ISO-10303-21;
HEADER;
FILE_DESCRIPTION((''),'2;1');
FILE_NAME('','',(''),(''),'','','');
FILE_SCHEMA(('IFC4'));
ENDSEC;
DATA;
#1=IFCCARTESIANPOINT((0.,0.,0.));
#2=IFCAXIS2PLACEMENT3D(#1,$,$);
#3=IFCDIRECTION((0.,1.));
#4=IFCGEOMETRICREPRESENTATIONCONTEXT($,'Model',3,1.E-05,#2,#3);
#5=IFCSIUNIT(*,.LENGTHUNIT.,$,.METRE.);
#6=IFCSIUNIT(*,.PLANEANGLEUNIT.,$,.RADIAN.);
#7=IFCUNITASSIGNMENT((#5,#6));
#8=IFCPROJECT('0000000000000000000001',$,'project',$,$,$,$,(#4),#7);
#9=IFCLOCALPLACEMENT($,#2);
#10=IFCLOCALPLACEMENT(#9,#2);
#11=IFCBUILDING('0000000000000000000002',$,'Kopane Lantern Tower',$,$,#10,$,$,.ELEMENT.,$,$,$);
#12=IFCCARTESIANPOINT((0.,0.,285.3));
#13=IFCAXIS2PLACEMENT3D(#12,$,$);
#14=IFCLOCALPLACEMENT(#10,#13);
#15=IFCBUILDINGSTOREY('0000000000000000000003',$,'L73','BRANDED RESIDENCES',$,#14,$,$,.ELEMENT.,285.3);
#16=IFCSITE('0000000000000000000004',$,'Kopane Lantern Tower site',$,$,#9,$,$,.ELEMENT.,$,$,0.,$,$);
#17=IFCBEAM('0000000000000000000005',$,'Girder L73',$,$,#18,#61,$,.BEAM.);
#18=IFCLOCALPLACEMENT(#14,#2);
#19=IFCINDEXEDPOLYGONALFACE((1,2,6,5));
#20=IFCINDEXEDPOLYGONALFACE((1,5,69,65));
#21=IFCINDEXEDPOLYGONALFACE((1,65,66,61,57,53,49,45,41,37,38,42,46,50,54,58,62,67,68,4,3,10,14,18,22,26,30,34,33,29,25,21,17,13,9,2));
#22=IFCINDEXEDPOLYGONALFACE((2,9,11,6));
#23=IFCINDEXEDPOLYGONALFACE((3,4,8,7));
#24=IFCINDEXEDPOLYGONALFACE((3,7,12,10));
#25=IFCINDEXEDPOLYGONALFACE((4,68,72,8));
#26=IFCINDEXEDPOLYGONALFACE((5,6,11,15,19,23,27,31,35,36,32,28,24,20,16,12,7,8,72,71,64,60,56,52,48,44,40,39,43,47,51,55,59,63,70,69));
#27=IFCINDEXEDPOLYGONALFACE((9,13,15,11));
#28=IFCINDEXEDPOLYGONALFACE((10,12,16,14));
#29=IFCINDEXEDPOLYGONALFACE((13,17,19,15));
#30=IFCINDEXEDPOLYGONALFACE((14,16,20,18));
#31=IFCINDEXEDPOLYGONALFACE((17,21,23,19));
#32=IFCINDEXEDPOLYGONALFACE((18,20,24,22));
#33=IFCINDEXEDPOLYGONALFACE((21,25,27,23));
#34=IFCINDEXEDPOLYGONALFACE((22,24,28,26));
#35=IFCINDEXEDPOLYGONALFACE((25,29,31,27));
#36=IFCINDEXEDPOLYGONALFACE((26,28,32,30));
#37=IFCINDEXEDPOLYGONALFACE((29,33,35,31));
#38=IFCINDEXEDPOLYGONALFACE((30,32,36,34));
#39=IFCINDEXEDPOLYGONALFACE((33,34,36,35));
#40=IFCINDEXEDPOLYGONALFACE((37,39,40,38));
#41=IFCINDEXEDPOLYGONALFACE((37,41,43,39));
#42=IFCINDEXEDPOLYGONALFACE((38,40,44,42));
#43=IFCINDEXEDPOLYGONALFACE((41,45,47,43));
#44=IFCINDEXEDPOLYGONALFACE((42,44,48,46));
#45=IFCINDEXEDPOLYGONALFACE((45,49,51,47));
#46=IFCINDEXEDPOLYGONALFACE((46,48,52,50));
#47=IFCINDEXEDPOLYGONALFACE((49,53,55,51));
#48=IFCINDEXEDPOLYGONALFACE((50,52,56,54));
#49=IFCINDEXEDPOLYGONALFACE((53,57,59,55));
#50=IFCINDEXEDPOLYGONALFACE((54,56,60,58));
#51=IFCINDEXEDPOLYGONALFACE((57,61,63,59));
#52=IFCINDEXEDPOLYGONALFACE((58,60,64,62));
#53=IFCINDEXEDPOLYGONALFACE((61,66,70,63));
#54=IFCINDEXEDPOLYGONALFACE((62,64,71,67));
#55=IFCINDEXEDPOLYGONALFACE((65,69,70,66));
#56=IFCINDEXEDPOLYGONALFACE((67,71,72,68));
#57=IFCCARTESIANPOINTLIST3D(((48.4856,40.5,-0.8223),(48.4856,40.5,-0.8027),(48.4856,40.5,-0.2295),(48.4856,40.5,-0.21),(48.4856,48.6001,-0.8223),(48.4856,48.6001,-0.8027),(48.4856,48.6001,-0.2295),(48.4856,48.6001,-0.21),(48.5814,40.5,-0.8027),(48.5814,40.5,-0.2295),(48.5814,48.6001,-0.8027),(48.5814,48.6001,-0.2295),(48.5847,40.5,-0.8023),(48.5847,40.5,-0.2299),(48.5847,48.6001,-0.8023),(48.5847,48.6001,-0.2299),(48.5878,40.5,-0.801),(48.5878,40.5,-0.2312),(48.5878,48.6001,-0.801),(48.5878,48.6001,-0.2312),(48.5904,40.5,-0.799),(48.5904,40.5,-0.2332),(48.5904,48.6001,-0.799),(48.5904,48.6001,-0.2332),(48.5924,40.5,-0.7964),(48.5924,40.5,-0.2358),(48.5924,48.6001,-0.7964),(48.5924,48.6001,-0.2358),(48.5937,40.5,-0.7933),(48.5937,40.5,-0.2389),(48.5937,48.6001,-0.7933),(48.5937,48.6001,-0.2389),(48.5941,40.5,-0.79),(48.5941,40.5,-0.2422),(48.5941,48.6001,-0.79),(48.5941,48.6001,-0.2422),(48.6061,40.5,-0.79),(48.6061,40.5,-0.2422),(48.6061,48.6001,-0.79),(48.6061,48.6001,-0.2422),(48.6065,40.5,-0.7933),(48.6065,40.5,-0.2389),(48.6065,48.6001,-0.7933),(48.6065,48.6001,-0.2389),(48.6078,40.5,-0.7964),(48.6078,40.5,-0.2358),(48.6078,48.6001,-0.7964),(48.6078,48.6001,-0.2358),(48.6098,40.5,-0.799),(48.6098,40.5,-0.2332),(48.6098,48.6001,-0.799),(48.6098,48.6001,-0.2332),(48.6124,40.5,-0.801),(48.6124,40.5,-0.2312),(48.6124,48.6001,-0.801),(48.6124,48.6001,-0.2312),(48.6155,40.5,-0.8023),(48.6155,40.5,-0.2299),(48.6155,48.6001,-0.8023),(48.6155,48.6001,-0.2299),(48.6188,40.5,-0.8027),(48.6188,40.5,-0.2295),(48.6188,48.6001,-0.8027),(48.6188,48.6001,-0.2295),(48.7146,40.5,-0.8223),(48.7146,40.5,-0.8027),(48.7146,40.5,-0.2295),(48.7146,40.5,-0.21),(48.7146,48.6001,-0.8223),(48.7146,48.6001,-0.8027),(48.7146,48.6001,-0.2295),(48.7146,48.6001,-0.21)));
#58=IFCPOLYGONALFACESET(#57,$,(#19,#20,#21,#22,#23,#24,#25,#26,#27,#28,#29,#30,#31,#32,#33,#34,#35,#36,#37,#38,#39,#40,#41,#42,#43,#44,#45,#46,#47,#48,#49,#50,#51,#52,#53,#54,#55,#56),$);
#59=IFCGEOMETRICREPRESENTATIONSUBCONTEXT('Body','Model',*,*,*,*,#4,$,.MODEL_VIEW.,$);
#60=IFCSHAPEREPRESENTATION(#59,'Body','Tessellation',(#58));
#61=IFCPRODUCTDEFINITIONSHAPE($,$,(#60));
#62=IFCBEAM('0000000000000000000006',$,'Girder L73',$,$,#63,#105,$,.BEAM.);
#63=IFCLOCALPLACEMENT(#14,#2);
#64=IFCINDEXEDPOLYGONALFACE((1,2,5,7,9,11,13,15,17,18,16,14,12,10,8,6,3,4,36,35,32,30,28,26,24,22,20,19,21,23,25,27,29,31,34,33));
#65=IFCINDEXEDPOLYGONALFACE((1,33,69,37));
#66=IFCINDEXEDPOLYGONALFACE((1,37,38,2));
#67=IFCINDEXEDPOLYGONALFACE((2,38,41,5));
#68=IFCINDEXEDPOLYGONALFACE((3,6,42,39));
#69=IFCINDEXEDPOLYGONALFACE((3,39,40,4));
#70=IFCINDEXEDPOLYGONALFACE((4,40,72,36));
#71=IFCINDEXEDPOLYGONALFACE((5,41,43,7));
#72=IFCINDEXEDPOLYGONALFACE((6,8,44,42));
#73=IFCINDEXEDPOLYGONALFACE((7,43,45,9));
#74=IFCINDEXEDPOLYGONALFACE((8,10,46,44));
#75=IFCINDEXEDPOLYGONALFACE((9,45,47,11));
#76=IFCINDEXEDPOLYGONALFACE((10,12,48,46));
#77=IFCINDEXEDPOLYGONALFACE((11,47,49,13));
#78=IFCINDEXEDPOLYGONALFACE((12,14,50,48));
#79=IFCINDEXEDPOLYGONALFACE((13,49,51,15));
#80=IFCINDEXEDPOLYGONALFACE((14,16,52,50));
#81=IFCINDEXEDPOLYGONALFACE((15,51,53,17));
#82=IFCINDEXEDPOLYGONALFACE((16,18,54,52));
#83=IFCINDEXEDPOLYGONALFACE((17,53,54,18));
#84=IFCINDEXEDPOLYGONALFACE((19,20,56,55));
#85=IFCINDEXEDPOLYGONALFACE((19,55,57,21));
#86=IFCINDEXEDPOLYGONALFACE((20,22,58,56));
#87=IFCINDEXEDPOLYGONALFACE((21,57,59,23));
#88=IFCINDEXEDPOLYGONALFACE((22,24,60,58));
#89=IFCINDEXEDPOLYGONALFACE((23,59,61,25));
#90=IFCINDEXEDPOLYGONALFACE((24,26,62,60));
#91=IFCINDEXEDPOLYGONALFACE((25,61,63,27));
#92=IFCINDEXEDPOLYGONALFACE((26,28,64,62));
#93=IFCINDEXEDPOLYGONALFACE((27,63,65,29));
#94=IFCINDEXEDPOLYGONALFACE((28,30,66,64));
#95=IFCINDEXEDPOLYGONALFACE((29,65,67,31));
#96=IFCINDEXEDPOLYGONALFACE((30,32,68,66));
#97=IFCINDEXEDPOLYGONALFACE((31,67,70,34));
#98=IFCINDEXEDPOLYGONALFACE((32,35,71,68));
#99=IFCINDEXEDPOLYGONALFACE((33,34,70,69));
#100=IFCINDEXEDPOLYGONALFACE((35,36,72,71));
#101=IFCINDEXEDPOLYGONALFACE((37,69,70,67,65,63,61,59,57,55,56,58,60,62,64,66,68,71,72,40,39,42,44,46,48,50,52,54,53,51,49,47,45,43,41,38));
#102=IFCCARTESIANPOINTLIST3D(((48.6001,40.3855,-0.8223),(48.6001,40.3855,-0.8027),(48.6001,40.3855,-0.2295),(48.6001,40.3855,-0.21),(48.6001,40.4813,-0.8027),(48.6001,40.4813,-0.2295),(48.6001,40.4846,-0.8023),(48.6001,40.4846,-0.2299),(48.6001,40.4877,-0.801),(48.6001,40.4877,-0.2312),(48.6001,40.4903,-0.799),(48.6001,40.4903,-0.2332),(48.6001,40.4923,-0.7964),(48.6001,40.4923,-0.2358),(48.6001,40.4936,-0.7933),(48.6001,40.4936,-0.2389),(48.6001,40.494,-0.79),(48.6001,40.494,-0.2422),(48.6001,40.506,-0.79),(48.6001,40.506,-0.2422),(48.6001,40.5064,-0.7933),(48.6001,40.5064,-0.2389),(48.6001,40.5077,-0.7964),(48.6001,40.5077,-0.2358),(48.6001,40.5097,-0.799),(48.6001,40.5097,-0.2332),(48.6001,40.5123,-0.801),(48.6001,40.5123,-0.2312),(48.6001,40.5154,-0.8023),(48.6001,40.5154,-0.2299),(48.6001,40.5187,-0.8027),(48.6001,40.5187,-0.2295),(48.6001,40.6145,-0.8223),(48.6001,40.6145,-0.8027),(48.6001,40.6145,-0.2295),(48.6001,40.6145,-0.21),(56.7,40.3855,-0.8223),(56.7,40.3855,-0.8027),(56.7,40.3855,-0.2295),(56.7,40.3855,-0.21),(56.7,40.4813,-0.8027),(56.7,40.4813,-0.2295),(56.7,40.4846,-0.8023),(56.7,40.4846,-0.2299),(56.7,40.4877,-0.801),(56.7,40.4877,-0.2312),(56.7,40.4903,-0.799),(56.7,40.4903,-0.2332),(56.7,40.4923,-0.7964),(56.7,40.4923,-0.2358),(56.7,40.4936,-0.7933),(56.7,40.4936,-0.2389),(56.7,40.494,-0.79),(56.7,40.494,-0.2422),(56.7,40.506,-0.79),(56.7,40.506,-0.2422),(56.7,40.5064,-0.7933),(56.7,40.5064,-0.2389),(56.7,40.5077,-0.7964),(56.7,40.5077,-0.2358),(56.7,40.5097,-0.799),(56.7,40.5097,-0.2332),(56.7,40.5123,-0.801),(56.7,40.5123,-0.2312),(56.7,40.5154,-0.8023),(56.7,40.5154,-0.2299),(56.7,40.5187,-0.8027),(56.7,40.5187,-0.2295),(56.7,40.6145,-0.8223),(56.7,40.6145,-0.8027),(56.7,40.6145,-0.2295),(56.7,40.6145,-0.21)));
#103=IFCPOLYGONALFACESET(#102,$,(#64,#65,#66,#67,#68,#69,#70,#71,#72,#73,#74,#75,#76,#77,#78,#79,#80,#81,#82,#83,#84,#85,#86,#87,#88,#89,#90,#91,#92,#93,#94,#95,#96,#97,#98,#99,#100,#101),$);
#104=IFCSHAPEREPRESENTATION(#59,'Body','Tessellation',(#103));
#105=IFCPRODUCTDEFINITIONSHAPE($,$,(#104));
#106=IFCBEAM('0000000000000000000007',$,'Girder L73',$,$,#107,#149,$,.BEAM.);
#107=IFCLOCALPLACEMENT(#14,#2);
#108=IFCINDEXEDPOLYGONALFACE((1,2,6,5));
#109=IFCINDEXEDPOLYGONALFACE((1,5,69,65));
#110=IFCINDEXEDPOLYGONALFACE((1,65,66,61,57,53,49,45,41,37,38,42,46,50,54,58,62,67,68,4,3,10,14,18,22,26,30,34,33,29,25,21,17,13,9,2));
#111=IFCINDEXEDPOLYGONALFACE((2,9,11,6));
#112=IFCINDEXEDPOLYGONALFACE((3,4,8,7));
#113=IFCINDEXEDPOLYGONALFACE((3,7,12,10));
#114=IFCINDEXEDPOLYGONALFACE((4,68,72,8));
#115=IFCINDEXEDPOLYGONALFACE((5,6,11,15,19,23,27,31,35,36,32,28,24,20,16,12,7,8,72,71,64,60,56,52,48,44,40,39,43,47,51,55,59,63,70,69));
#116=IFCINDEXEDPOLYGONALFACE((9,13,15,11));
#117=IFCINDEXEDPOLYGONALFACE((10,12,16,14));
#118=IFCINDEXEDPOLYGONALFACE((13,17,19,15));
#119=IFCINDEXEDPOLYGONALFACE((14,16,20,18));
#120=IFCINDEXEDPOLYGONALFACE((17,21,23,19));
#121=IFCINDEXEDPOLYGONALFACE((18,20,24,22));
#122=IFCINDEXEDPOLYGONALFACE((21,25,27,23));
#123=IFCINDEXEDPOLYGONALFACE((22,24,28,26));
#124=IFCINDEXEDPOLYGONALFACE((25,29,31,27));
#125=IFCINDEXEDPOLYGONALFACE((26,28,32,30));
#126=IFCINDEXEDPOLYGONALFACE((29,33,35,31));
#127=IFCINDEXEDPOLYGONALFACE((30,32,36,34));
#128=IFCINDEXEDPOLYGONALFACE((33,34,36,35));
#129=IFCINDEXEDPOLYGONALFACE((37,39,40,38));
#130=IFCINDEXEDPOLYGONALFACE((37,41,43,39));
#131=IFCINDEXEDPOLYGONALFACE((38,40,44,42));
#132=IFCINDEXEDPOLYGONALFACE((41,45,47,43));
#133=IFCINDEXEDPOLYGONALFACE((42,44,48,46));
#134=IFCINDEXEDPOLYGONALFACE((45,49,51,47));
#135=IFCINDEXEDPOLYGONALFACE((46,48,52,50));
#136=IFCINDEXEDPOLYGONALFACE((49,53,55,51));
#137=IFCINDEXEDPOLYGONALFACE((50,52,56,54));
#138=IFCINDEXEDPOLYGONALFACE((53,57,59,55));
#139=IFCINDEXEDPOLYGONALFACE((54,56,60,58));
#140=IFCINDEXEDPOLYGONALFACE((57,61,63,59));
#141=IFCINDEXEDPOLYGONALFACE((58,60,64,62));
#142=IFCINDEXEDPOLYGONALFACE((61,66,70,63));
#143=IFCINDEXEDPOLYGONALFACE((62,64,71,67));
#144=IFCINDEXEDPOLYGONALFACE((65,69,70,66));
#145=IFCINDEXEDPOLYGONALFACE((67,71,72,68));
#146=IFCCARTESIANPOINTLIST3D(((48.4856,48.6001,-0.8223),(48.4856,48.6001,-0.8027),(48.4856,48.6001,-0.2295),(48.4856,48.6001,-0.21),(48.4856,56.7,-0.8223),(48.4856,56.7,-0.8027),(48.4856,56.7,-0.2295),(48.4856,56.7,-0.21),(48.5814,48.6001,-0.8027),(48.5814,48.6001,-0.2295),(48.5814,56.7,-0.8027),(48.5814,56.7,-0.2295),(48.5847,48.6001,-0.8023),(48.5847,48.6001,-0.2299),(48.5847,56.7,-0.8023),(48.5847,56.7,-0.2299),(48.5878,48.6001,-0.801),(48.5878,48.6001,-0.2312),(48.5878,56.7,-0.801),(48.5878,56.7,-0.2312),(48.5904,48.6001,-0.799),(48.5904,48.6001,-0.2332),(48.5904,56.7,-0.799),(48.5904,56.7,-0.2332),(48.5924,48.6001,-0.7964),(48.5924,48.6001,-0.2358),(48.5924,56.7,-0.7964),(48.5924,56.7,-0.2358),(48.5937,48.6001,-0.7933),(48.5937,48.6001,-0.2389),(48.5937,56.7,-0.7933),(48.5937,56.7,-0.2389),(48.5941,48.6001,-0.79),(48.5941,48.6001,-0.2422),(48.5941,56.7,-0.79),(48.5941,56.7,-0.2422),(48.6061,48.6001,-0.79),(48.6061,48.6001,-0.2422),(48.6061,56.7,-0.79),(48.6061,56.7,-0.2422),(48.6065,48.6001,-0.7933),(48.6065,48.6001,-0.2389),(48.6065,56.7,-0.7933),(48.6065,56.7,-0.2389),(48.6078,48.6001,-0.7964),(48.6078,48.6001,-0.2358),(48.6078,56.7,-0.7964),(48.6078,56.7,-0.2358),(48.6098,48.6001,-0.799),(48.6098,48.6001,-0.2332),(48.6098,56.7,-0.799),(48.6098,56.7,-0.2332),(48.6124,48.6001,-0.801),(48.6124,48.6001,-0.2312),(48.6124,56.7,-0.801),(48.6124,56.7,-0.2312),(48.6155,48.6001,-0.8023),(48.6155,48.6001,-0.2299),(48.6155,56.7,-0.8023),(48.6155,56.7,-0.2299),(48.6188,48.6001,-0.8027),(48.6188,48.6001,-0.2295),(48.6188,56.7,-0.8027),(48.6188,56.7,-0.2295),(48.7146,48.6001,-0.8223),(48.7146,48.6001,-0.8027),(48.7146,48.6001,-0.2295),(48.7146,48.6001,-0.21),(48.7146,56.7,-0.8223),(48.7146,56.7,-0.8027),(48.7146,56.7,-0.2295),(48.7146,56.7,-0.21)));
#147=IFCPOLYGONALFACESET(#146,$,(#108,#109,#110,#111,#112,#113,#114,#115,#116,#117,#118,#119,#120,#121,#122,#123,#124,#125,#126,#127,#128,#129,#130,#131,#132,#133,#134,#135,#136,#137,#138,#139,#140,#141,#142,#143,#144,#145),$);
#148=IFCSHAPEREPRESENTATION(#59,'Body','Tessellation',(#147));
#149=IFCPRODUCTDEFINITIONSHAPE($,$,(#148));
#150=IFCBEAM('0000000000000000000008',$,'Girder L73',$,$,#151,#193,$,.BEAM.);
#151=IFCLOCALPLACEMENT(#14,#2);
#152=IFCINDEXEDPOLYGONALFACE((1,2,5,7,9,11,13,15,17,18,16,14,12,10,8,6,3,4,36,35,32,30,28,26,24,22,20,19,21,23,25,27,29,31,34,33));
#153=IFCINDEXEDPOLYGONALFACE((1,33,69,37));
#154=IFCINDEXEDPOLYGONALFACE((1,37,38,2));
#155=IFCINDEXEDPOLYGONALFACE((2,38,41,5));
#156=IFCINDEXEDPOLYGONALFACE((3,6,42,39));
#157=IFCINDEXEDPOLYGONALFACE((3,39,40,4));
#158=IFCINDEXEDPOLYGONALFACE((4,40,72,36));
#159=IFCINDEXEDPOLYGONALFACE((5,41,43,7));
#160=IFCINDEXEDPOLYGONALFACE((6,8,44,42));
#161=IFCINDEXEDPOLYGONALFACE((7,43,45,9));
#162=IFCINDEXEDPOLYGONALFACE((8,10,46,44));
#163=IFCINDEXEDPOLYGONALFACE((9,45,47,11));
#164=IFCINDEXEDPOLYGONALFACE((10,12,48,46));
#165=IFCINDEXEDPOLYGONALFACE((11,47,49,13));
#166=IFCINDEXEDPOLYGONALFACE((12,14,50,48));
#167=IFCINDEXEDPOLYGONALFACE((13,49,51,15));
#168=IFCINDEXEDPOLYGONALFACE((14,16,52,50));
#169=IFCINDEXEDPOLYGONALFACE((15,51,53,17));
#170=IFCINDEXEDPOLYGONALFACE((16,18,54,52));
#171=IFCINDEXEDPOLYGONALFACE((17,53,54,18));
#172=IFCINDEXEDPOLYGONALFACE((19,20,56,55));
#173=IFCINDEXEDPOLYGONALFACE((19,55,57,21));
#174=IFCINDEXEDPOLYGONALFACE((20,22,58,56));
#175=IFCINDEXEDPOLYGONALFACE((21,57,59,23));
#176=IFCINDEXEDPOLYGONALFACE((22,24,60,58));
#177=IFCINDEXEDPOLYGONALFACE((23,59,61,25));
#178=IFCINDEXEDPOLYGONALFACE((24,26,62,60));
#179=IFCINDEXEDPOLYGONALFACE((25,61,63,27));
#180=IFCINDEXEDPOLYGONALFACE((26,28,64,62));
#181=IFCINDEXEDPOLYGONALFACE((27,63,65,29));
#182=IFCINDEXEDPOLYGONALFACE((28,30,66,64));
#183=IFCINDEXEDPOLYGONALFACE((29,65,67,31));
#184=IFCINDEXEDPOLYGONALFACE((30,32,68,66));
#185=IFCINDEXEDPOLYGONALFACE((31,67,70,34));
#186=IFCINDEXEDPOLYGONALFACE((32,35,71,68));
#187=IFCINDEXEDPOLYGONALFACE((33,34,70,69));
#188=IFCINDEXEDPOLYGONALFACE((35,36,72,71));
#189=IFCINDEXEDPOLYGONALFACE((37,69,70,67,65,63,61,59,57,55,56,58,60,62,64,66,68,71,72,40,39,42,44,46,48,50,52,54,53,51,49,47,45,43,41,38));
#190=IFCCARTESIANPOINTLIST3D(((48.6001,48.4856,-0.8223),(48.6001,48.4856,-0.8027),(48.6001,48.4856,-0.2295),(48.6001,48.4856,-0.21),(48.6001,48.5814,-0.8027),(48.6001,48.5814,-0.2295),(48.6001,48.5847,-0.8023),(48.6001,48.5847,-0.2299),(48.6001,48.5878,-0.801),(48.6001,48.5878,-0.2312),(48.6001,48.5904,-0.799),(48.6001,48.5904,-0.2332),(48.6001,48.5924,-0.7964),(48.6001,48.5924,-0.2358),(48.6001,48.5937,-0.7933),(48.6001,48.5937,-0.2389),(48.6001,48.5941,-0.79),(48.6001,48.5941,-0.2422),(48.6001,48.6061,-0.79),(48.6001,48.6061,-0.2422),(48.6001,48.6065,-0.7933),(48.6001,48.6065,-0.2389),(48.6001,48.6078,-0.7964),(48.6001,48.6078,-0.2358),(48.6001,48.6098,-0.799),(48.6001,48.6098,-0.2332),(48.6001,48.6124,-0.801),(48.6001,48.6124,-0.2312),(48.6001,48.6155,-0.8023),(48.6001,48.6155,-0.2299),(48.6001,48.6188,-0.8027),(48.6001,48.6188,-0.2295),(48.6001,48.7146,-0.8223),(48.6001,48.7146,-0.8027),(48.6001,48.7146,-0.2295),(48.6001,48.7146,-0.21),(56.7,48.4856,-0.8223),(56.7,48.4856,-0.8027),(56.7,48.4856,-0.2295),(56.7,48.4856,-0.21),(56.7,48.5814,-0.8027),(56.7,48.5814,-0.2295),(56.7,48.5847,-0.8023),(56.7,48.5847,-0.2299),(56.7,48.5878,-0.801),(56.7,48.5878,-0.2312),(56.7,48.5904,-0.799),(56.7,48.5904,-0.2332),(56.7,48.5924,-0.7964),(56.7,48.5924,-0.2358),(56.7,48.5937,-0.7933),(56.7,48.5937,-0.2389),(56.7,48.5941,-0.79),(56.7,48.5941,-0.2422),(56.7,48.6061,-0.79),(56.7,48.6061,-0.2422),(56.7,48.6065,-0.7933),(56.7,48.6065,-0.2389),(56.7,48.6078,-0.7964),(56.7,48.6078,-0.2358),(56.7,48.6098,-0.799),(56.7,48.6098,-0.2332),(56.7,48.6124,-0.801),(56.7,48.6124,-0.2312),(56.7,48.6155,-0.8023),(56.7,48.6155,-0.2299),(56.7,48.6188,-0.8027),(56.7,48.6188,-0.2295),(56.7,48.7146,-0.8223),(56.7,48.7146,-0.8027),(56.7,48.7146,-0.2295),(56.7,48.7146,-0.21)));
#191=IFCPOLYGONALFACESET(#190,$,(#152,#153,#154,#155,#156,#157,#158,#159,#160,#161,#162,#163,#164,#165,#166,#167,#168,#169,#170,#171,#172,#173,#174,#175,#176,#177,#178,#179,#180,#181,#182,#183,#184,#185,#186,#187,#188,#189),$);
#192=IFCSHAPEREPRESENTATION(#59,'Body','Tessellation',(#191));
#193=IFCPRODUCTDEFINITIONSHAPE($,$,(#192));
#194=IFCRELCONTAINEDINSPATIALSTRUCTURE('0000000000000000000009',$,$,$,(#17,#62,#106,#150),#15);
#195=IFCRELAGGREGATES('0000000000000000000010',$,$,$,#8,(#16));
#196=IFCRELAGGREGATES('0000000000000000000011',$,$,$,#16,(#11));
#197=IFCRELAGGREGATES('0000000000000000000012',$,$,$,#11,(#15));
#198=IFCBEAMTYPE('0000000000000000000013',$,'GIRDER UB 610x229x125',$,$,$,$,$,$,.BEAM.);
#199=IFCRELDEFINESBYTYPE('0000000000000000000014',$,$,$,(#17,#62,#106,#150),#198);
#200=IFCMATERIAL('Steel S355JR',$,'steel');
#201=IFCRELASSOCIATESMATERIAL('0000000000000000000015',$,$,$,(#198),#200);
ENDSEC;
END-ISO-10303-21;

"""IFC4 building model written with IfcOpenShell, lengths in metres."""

from ifc_helpers import new_model, si_unit, direction, frame, origin, origin_2d, place, context, subcontext, project, spatial, i_section, extrude, material, material_profile, profile_set, type_object, element, save


model = new_model("IFC4")

# Units and contexts
model_context = context("Model", 3, precision=1e-05, world=origin(), true_north=direction((0.0, 1.0)))
body_context = subcontext(model_context, "Body", "Model", "MODEL_VIEW")
ifc_project = project(units=[si_unit("LENGTHUNIT", "METRE"), si_unit("PLANEANGLEUNIT", "RADIAN")], contexts=[model_context])

# Site, building, storey
site_placement = place(None, origin())
site = spatial("IfcSite", under=ifc_project, at=site_placement, Name="Kopane Lantern Tower site", CompositionType="ELEMENT", RefElevation=0.0)
building_placement = place(site_placement, origin())
building = spatial("IfcBuilding", under=site, at=building_placement, Name="Kopane Lantern Tower", CompositionType="ELEMENT")
storey_placement = place(building_placement, frame((0.0, 0.0, 285.3)))
storey = spatial("IfcBuildingStorey", under=building, at=storey_placement, Name="L73", Description="BRANDED RESIDENCES", CompositionType="ELEMENT", Elevation=285.3)

# Beams
ifc_material_1 = material(Name="Steel S355JR", Category="steel")
ifc_material_profile_1 = material_profile(ifc_material_1, i_section(OverallWidth=0.229, OverallDepth=0.6123, WebThickness=0.012, FlangeThickness=0.0195, FilletRadius=0.0127, at=origin_2d()), Name="UB 610x229x125")
ifc_profile_set_1 = profile_set([ifc_material_profile_1], Name="Steel S355JR")
beam_type = type_object("IfcBeamType", Name="GIRDER UB 610x229x125", PredefinedType="BEAM", material=ifc_profile_set_1)
beam_1_placement = place(storey_placement, frame((48.6001, 40.5, -0.5161), z_axis=(0.0, 1.0, 0.0), x_axis=(-1.0, 0.0, 0.0)))
element("IfcBeam", 1, at=beam_1_placement, inside=storey, type_object=beam_type, Name="Girder L73", PredefinedType="BEAM", context=body_context, shape_type="SweptSolid", body=[
    extrude(i_section(OverallWidth=0.229, OverallDepth=0.6123, WebThickness=0.012, FlangeThickness=0.0195, FilletRadius=0.0127, at=origin_2d()), origin(), (0.0, 0.0, 1.0), 8.1001),
])
for number, where, z_axis, x_axis, name in (
    (2, (48.6001, 40.5, -0.5161), (1.0, 0.0, 0.0), (0.0, 1.0, 0.0), "Girder L73"),
    (3, (48.6001, 48.6001, -0.5161), (0.0, 1.0, 0.0), (-1.0, 0.0, 0.0), "Girder L73"),
    (4, (48.6001, 48.6001, -0.5161), (1.0, 0.0, 0.0), (0.0, 1.0, 0.0), "Girder L73"),
):
    element("IfcBeam", number, at=place(storey_placement, frame(where, z_axis=z_axis, x_axis=x_axis)), inside=storey, type_object=beam_type, Name=name, PredefinedType="BEAM", context=body_context, shape_type="SweptSolid", body=[
        extrude(i_section(OverallWidth=0.229, OverallDepth=0.6123, WebThickness=0.012, FlangeThickness=0.0195, FilletRadius=0.0127, at=origin_2d()), origin(), (0.0, 0.0, 1.0), 8.0999),
    ])

save(model, "model.ifc")
